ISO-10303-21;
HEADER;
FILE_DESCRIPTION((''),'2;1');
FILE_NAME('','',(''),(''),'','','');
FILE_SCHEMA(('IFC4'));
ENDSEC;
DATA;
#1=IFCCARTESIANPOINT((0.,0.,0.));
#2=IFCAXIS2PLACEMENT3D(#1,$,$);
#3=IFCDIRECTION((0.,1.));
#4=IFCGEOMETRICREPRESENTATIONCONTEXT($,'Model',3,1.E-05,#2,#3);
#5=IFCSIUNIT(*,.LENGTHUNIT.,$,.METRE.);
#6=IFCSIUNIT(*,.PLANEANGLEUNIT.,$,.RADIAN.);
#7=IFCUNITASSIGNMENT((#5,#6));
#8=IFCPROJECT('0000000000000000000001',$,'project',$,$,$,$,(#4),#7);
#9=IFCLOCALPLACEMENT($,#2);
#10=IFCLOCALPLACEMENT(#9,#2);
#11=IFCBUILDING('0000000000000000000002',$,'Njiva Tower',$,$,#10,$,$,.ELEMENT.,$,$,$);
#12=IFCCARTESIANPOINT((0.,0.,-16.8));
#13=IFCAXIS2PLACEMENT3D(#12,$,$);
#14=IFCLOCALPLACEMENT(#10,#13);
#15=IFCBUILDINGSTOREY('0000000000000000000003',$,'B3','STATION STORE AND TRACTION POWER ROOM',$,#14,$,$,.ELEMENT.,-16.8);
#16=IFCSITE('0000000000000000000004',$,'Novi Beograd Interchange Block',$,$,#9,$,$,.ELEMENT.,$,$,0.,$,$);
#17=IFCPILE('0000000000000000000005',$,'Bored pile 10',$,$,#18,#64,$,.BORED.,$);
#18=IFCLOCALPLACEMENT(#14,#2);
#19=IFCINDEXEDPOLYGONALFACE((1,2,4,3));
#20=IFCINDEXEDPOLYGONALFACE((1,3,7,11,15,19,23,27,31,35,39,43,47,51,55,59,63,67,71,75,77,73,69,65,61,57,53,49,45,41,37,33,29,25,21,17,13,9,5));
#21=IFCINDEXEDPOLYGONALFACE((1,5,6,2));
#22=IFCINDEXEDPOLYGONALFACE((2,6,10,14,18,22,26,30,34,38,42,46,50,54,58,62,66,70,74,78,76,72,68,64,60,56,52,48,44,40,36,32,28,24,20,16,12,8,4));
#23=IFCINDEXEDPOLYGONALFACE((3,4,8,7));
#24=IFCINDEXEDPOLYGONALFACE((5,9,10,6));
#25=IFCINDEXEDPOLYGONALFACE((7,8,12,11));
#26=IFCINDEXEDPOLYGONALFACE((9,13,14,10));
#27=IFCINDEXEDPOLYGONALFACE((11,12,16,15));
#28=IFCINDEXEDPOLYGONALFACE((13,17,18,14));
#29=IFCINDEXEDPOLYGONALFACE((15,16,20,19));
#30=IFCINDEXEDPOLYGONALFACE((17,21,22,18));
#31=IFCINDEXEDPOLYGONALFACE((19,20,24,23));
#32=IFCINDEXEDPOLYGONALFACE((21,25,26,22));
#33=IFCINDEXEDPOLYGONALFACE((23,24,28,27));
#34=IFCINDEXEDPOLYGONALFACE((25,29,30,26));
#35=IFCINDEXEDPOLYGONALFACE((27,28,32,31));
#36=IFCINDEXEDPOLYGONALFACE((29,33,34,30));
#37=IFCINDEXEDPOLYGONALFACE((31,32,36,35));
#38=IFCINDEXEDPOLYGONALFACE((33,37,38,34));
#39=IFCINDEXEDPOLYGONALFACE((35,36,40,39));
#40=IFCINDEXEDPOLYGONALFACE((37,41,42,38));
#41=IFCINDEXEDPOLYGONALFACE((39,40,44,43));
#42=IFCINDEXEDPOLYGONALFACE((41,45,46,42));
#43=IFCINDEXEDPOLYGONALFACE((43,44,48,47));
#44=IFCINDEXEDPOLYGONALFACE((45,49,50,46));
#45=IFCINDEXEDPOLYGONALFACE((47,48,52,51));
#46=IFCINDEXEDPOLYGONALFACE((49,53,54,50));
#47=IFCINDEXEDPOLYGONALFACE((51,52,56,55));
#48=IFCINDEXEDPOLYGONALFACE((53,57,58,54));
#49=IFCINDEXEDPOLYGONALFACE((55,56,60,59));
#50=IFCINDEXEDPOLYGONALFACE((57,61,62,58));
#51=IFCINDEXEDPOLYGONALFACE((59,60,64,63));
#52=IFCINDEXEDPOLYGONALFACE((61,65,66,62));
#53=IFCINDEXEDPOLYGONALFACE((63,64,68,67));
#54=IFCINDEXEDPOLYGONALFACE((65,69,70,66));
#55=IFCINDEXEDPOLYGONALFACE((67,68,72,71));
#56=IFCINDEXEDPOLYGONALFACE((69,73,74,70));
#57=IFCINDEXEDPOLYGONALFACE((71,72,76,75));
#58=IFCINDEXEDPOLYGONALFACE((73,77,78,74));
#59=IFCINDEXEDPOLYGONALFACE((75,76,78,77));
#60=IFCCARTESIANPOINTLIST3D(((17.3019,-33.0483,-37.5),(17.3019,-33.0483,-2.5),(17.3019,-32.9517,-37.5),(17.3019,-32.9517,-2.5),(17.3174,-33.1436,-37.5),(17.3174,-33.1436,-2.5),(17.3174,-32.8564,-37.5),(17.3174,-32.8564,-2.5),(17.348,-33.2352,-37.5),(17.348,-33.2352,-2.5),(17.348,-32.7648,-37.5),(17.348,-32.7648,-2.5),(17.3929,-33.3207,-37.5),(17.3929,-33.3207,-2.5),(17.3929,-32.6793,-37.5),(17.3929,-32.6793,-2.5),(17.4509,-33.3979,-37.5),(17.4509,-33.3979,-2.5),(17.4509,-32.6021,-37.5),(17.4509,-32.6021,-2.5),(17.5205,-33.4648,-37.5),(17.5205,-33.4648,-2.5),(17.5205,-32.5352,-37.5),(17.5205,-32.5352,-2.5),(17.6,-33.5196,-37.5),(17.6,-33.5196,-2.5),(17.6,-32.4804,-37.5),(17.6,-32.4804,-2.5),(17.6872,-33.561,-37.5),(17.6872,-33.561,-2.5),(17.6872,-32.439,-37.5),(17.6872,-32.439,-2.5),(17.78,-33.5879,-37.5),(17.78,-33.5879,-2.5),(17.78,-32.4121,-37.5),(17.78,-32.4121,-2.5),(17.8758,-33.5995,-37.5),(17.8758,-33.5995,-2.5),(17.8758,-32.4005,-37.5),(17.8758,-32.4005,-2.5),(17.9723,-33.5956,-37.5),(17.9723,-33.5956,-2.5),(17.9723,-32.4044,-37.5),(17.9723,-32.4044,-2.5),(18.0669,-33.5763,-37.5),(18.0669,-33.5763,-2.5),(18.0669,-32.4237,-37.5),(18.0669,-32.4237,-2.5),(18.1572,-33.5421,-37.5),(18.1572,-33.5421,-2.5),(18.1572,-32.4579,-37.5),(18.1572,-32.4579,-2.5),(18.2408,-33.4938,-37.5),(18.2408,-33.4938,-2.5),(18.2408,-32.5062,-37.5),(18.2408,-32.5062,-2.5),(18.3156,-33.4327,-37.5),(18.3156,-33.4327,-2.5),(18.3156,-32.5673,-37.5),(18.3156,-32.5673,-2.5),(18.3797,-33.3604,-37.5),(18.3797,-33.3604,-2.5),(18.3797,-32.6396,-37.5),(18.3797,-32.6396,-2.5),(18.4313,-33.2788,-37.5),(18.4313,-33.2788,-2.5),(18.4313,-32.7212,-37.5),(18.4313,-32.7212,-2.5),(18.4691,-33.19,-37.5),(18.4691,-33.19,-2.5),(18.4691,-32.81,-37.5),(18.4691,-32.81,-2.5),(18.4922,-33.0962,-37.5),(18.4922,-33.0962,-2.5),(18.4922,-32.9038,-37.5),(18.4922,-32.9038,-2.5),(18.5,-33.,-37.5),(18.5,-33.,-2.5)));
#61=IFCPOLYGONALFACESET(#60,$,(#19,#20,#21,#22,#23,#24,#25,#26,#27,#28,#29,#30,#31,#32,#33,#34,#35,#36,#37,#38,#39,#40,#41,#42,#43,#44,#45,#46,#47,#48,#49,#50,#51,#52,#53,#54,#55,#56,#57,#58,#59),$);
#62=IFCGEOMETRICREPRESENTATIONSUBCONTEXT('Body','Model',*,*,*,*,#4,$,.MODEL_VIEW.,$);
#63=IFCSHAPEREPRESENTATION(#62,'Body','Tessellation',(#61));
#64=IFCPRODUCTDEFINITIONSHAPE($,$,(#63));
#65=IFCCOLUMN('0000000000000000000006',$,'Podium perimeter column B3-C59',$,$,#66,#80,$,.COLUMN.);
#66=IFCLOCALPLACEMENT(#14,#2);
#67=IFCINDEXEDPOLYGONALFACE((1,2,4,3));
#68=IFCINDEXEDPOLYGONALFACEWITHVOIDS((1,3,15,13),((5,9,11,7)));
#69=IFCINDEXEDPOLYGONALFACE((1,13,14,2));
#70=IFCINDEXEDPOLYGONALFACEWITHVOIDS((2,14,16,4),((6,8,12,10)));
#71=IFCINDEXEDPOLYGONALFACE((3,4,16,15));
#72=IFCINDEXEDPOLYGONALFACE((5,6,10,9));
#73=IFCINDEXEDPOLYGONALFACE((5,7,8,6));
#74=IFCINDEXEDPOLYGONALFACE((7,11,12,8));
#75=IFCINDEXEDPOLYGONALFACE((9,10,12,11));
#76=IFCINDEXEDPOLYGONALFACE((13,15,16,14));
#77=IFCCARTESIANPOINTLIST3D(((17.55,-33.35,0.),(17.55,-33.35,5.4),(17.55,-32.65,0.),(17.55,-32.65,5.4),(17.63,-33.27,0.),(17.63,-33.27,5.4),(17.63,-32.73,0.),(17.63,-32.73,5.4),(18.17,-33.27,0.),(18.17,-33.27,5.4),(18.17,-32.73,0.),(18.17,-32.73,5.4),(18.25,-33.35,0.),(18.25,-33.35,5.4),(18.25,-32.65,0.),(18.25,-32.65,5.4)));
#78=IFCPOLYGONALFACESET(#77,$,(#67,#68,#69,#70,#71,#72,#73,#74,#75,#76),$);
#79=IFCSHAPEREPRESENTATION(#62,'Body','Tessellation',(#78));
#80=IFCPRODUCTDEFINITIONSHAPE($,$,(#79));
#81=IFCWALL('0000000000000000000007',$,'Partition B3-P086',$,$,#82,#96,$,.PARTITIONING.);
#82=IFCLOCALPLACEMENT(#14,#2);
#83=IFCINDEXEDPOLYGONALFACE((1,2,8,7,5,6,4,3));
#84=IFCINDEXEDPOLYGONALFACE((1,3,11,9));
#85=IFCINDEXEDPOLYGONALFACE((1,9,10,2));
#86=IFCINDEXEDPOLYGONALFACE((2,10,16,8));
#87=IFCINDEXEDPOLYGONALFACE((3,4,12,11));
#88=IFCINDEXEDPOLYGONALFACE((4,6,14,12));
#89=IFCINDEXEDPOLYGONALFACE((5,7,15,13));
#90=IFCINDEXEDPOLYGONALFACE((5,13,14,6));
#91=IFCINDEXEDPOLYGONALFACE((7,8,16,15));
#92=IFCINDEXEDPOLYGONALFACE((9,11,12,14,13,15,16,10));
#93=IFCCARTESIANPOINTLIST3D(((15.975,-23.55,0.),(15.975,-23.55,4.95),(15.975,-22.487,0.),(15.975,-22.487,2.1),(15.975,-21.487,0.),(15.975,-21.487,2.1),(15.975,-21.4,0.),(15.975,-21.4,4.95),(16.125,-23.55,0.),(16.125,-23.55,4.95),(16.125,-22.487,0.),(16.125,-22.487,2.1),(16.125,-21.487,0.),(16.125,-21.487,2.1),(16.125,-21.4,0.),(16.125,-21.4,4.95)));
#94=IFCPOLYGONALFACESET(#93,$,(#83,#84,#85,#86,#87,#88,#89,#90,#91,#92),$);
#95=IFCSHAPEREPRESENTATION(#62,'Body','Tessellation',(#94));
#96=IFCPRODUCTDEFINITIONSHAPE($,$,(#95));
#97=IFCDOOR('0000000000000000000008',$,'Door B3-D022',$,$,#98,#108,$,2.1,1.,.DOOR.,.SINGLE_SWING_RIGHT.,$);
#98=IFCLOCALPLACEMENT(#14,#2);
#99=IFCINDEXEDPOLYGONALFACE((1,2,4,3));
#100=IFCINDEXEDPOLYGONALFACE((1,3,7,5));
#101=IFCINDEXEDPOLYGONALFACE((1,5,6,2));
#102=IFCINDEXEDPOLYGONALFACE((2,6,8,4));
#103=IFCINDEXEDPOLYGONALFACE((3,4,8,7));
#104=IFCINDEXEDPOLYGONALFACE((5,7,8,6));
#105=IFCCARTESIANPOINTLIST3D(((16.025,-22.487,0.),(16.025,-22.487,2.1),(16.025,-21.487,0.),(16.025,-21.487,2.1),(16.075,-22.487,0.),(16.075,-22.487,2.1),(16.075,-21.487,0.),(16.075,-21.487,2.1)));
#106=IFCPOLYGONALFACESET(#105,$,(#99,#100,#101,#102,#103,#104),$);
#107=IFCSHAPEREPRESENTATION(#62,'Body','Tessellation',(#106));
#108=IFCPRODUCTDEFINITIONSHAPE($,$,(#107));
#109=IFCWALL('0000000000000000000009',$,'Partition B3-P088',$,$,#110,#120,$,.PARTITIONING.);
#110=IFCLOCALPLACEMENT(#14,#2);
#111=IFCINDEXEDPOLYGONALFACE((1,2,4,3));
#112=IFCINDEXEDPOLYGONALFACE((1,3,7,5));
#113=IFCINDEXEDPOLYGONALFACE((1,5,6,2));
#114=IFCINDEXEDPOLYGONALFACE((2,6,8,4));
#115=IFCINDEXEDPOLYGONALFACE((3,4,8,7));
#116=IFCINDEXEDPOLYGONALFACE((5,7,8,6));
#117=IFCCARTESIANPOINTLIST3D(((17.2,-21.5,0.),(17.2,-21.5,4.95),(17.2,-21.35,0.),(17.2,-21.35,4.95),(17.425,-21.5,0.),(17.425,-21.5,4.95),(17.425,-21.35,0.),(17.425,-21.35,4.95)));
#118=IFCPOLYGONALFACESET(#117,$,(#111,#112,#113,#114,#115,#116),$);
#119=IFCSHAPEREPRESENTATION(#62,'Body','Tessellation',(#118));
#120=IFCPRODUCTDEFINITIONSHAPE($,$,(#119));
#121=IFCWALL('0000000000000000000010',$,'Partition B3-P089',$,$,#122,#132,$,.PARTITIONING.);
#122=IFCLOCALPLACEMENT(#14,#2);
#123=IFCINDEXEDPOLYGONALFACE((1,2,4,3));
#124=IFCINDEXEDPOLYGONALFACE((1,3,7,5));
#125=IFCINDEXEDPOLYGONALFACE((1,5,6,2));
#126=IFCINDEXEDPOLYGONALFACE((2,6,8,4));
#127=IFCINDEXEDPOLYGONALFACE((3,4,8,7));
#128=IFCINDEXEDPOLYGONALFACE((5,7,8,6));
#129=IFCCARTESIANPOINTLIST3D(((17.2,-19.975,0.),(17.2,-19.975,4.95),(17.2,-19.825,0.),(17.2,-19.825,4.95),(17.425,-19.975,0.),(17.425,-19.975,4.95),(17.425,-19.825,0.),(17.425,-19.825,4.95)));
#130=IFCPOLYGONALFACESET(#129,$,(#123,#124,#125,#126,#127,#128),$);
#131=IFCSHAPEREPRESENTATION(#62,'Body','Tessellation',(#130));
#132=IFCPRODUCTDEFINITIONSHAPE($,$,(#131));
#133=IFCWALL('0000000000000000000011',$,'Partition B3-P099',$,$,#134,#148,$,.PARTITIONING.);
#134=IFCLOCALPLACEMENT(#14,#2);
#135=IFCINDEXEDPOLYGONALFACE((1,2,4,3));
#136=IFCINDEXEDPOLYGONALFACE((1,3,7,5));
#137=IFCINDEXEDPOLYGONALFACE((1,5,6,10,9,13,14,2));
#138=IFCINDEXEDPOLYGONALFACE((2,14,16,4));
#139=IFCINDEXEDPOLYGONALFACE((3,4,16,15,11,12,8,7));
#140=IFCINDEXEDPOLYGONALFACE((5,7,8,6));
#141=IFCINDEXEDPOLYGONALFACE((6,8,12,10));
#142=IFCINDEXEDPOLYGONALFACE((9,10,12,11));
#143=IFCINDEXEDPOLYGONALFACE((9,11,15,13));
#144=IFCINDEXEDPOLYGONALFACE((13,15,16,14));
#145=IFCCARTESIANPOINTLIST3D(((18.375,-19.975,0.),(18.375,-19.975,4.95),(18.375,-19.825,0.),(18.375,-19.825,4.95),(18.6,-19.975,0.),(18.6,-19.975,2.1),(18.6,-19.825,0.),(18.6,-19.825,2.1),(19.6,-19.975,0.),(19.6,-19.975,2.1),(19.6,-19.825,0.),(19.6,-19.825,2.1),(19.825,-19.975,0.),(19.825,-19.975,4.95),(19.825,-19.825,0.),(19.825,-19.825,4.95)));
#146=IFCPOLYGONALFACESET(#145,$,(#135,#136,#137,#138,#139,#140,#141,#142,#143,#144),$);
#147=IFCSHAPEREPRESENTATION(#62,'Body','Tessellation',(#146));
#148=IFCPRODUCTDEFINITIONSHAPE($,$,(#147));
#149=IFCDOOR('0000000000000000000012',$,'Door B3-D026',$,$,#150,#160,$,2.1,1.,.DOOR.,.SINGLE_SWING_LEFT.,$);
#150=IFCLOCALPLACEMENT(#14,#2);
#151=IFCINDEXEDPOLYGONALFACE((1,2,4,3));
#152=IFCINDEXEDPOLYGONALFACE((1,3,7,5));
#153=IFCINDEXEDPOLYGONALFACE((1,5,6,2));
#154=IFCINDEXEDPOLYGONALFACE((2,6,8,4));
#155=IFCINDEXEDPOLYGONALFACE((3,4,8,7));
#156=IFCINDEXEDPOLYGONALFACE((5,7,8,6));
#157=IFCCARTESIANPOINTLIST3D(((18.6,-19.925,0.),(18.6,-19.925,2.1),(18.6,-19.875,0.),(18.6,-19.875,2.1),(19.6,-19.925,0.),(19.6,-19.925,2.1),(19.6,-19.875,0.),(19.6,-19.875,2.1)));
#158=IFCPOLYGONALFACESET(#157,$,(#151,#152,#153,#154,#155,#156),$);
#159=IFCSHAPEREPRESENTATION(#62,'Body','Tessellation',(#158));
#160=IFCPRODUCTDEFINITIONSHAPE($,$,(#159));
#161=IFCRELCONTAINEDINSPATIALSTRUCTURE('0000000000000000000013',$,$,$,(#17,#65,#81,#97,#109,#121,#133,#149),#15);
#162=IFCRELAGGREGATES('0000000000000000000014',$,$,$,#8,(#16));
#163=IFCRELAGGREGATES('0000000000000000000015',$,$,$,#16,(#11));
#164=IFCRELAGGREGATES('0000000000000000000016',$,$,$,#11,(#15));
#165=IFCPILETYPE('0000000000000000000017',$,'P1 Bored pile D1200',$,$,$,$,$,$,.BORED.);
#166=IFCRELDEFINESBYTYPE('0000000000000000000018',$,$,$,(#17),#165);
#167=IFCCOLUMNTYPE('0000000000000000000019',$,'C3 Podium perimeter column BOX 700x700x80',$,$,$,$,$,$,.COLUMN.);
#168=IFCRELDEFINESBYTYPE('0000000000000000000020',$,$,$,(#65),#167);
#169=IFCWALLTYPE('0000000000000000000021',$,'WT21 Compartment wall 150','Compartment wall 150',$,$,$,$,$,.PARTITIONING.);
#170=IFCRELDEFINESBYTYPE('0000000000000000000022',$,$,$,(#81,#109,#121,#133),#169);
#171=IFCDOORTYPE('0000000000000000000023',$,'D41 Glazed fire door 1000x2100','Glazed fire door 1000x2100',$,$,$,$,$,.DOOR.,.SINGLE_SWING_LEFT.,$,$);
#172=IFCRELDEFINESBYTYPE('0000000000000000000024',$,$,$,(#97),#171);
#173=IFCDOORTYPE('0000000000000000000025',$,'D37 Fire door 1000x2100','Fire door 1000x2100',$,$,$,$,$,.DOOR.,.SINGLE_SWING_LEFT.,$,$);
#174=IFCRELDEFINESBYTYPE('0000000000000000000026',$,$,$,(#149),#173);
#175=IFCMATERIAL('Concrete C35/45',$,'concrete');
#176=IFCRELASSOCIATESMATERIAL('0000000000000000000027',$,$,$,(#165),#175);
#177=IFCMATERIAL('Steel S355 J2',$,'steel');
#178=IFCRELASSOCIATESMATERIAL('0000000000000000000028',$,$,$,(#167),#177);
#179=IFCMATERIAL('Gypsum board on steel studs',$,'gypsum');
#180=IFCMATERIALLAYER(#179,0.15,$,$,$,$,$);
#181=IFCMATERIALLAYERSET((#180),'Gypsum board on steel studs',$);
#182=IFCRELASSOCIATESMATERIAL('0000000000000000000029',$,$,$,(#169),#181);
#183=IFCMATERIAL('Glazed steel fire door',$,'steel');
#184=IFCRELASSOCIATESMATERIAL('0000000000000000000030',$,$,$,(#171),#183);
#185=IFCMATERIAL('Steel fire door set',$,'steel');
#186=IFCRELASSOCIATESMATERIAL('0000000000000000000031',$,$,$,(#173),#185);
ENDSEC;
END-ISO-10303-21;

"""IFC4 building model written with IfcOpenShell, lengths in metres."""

from ifc_helpers import new_model, si_unit, direction, frame, frame_2d, origin, origin_2d, place, context, subcontext, project, spatial, rectangle, hollow_rectangle, circle, extrude, material, layer, layer_set, material_profile, profile_set, type_object, element, fill, save


model = new_model("IFC4")

# Units and contexts
model_context = context("Model", 3, precision=1e-05, world=origin(), true_north=direction((0.0, 1.0)))
body_context = subcontext(model_context, "Body", "Model", "MODEL_VIEW")
ifc_project = project(units=[si_unit("LENGTHUNIT", "METRE"), si_unit("PLANEANGLEUNIT", "RADIAN")], contexts=[model_context])

# Site, building, storey
site_placement = place(None, origin())
site = spatial("IfcSite", under=ifc_project, at=site_placement, Name="Novi Beograd Interchange Block", CompositionType="ELEMENT", RefElevation=0.0)
building_placement = place(site_placement, origin())
building = spatial("IfcBuilding", under=site, at=building_placement, Name="Njiva Tower", CompositionType="ELEMENT")
storey_placement = place(building_placement, frame((0.0, 0.0, -16.8)))
storey = spatial("IfcBuildingStorey", under=building, at=storey_placement, Name="B3", Description="STATION STORE AND TRACTION POWER ROOM", CompositionType="ELEMENT", Elevation=-16.8)

# Pile
ifc_material_1 = material(Name="Concrete C35/45", Category="concrete")
ifc_material_profile_1 = material_profile(ifc_material_1, circle(Radius=0.6, at=origin_2d()), Name="D1200")
ifc_profile_set_1 = profile_set([ifc_material_profile_1], Name="Concrete C35/45")
pile_type = type_object("IfcPileType", Name="P1 Bored pile D1200", PredefinedType="BORED", material=ifc_profile_set_1)
pile_placement = place(storey_placement, frame((17.9, -33.0, -2.5), z_axis=(0.0, 0.0, -1.0), x_axis=(1.0, 0.0, 0.0)))
element("IfcPile", 1, at=pile_placement, inside=storey, type_object=pile_type, Name="Bored pile 10", PredefinedType="BORED", context=body_context, shape_type="SweptSolid", body=[
    extrude(circle(Radius=0.6, at=origin_2d()), origin(), (0.0, 0.0, 1.0), 35.0),
])

# Column
ifc_material_2 = material(Name="Steel S355 J2", Category="steel")
ifc_material_profile_2 = material_profile(ifc_material_2, hollow_rectangle(XDim=0.7, YDim=0.7, WallThickness=0.08, at=origin_2d()), Name="BOX 700x700x80")
ifc_profile_set_2 = profile_set([ifc_material_profile_2], Name="Steel S355 J2")
column_type = type_object("IfcColumnType", Name="C3 Podium perimeter column BOX 700x700x80", PredefinedType="COLUMN", material=ifc_profile_set_2)
column_placement = place(storey_placement, frame((17.9, -33.0, 0.0), z_axis=(0.0, 0.0, 1.0), x_axis=(1.0, 0.0, 0.0)))
element("IfcColumn", 2, at=column_placement, inside=storey, type_object=column_type, Name="Podium perimeter column B3-C59", PredefinedType="COLUMN", context=body_context, shape_type="SweptSolid", body=[
    extrude(hollow_rectangle(XDim=0.7, YDim=0.7, WallThickness=0.08, at=origin_2d()), origin(), (0.0, 0.0, 1.0), 5.4),
])

# Wall, opening, door
ifc_material_3 = material(Name="Gypsum board on steel studs", Category="gypsum")
ifc_layer_1 = layer(ifc_material_3, 0.15)
ifc_layer_set_1 = layer_set([ifc_layer_1], Name="Gypsum board on steel studs")
wall_type_1 = type_object("IfcWallType", Name="WT21 Compartment wall 150", Description="Compartment wall 150", PredefinedType="PARTITIONING", material=ifc_layer_set_1)
wall_1_placement = place(storey_placement, frame((16.05, -23.55, 0.0), z_axis=(0.0, 0.0, 1.0), x_axis=(0.0, 1.0, 0.0)))
wall_1 = element("IfcWall", 3, at=wall_1_placement, inside=storey, type_object=wall_type_1, Name="Partition B3-P086", PredefinedType="PARTITIONING", context=body_context, shape_type="SweptSolid", body=[
    extrude(rectangle(XDim=2.15, YDim=0.15, at=frame_2d((1.075, 0.0))), origin(), (0.0, 0.0, 1.0), 4.95),
])
opening_1_placement = place(wall_1_placement, frame((1.063, 0.0, 0.0)))
opening_1 = element("IfcOpeningElement", 4, at=opening_1_placement, cuts=wall_1, PredefinedType="OPENING", context=body_context, shape_type="SweptSolid", body=[
    extrude(rectangle(XDim=1.0, YDim=2.1, at=frame_2d((0.5, 1.05))), frame((0.0, 0.085, 0.0), z_axis=(0.0, -1.0, 0.0), x_axis=(1.0, 0.0, 0.0)), (0.0, 0.0, 1.0), 0.17),
])
ifc_material_4 = material(Name="Glazed steel fire door", Category="steel")
door_type_1 = type_object("IfcDoorType", Name="D41 Glazed fire door 1000x2100", Description="Glazed fire door 1000x2100", OperationType="SINGLE_SWING_LEFT", PredefinedType="DOOR", material=ifc_material_4)
door_1_placement = place(opening_1_placement, origin())
door_1 = element("IfcDoor", 5, at=door_1_placement, inside=storey, type_object=door_type_1, Name="Door B3-D022", OperationType="SINGLE_SWING_RIGHT", OverallHeight=2.1, OverallWidth=1.0, PredefinedType="DOOR", context=body_context, shape_type="SweptSolid", body=[
    extrude(rectangle(XDim=1.0, YDim=2.1, at=frame_2d((0.5, 1.05))), frame((0.0, 0.025, 0.0), z_axis=(0.0, -1.0, 0.0), x_axis=(1.0, 0.0, 0.0)), (0.0, 0.0, 1.0), 0.05),
])
fill(opening_1, door_1)

# Walls
for number, where, z_axis, x_axis, name in (
    (6, (17.2, -21.425, 0.0), (0.0, 0.0, 1.0), (1.0, 0.0, 0.0), "Partition B3-P088"),
    (7, (17.2, -19.9, 0.0), (0.0, 0.0, 1.0), (1.0, 0.0, 0.0), "Partition B3-P089"),
):
    element("IfcWall", number, at=place(storey_placement, frame(where, z_axis=z_axis, x_axis=x_axis)), inside=storey, type_object=wall_type_1, Name=name, PredefinedType="PARTITIONING", context=body_context, shape_type="SweptSolid", body=[
        extrude(rectangle(XDim=0.225, YDim=0.15, at=frame_2d((0.1125, 0.0))), origin(), (0.0, 0.0, 1.0), 4.95),
    ])

# Wall, opening, door
wall_2_placement = place(storey_placement, frame((18.375, -19.9, 0.0), z_axis=(0.0, 0.0, 1.0), x_axis=(1.0, 0.0, 0.0)))
wall_2 = element("IfcWall", 8, at=wall_2_placement, inside=storey, type_object=wall_type_1, Name="Partition B3-P099", PredefinedType="PARTITIONING", context=body_context, shape_type="SweptSolid", body=[
    extrude(rectangle(XDim=1.45, YDim=0.15, at=frame_2d((0.725, 0.0))), origin(), (0.0, 0.0, 1.0), 4.95),
])
opening_2_placement = place(wall_2_placement, frame((0.225, 0.0, 0.0)))
opening_2 = element("IfcOpeningElement", 9, at=opening_2_placement, cuts=wall_2, PredefinedType="OPENING", context=body_context, shape_type="SweptSolid", body=[
    extrude(rectangle(XDim=1.0, YDim=2.1, at=frame_2d((0.5, 1.05))), frame((0.0, 0.085, 0.0), z_axis=(0.0, -1.0, 0.0), x_axis=(1.0, 0.0, 0.0)), (0.0, 0.0, 1.0), 0.17),
])
ifc_material_5 = material(Name="Steel fire door set", Category="steel")
door_type_2 = type_object("IfcDoorType", Name="D37 Fire door 1000x2100", Description="Fire door 1000x2100", OperationType="SINGLE_SWING_LEFT", PredefinedType="DOOR", material=ifc_material_5)
door_2_placement = place(opening_2_placement, origin())
door_2 = element("IfcDoor", 10, at=door_2_placement, inside=storey, type_object=door_type_2, Name="Door B3-D026", OperationType="SINGLE_SWING_LEFT", OverallHeight=2.1, OverallWidth=1.0, PredefinedType="DOOR", context=body_context, shape_type="SweptSolid", body=[
    extrude(rectangle(XDim=1.0, YDim=2.1, at=frame_2d((0.5, 1.05))), frame((0.0, 0.025, 0.0), z_axis=(0.0, -1.0, 0.0), x_axis=(1.0, 0.0, 0.0)), (0.0, 0.0, 1.0), 0.05),
])
fill(opening_2, door_2)

save(model, "model.ifc")
